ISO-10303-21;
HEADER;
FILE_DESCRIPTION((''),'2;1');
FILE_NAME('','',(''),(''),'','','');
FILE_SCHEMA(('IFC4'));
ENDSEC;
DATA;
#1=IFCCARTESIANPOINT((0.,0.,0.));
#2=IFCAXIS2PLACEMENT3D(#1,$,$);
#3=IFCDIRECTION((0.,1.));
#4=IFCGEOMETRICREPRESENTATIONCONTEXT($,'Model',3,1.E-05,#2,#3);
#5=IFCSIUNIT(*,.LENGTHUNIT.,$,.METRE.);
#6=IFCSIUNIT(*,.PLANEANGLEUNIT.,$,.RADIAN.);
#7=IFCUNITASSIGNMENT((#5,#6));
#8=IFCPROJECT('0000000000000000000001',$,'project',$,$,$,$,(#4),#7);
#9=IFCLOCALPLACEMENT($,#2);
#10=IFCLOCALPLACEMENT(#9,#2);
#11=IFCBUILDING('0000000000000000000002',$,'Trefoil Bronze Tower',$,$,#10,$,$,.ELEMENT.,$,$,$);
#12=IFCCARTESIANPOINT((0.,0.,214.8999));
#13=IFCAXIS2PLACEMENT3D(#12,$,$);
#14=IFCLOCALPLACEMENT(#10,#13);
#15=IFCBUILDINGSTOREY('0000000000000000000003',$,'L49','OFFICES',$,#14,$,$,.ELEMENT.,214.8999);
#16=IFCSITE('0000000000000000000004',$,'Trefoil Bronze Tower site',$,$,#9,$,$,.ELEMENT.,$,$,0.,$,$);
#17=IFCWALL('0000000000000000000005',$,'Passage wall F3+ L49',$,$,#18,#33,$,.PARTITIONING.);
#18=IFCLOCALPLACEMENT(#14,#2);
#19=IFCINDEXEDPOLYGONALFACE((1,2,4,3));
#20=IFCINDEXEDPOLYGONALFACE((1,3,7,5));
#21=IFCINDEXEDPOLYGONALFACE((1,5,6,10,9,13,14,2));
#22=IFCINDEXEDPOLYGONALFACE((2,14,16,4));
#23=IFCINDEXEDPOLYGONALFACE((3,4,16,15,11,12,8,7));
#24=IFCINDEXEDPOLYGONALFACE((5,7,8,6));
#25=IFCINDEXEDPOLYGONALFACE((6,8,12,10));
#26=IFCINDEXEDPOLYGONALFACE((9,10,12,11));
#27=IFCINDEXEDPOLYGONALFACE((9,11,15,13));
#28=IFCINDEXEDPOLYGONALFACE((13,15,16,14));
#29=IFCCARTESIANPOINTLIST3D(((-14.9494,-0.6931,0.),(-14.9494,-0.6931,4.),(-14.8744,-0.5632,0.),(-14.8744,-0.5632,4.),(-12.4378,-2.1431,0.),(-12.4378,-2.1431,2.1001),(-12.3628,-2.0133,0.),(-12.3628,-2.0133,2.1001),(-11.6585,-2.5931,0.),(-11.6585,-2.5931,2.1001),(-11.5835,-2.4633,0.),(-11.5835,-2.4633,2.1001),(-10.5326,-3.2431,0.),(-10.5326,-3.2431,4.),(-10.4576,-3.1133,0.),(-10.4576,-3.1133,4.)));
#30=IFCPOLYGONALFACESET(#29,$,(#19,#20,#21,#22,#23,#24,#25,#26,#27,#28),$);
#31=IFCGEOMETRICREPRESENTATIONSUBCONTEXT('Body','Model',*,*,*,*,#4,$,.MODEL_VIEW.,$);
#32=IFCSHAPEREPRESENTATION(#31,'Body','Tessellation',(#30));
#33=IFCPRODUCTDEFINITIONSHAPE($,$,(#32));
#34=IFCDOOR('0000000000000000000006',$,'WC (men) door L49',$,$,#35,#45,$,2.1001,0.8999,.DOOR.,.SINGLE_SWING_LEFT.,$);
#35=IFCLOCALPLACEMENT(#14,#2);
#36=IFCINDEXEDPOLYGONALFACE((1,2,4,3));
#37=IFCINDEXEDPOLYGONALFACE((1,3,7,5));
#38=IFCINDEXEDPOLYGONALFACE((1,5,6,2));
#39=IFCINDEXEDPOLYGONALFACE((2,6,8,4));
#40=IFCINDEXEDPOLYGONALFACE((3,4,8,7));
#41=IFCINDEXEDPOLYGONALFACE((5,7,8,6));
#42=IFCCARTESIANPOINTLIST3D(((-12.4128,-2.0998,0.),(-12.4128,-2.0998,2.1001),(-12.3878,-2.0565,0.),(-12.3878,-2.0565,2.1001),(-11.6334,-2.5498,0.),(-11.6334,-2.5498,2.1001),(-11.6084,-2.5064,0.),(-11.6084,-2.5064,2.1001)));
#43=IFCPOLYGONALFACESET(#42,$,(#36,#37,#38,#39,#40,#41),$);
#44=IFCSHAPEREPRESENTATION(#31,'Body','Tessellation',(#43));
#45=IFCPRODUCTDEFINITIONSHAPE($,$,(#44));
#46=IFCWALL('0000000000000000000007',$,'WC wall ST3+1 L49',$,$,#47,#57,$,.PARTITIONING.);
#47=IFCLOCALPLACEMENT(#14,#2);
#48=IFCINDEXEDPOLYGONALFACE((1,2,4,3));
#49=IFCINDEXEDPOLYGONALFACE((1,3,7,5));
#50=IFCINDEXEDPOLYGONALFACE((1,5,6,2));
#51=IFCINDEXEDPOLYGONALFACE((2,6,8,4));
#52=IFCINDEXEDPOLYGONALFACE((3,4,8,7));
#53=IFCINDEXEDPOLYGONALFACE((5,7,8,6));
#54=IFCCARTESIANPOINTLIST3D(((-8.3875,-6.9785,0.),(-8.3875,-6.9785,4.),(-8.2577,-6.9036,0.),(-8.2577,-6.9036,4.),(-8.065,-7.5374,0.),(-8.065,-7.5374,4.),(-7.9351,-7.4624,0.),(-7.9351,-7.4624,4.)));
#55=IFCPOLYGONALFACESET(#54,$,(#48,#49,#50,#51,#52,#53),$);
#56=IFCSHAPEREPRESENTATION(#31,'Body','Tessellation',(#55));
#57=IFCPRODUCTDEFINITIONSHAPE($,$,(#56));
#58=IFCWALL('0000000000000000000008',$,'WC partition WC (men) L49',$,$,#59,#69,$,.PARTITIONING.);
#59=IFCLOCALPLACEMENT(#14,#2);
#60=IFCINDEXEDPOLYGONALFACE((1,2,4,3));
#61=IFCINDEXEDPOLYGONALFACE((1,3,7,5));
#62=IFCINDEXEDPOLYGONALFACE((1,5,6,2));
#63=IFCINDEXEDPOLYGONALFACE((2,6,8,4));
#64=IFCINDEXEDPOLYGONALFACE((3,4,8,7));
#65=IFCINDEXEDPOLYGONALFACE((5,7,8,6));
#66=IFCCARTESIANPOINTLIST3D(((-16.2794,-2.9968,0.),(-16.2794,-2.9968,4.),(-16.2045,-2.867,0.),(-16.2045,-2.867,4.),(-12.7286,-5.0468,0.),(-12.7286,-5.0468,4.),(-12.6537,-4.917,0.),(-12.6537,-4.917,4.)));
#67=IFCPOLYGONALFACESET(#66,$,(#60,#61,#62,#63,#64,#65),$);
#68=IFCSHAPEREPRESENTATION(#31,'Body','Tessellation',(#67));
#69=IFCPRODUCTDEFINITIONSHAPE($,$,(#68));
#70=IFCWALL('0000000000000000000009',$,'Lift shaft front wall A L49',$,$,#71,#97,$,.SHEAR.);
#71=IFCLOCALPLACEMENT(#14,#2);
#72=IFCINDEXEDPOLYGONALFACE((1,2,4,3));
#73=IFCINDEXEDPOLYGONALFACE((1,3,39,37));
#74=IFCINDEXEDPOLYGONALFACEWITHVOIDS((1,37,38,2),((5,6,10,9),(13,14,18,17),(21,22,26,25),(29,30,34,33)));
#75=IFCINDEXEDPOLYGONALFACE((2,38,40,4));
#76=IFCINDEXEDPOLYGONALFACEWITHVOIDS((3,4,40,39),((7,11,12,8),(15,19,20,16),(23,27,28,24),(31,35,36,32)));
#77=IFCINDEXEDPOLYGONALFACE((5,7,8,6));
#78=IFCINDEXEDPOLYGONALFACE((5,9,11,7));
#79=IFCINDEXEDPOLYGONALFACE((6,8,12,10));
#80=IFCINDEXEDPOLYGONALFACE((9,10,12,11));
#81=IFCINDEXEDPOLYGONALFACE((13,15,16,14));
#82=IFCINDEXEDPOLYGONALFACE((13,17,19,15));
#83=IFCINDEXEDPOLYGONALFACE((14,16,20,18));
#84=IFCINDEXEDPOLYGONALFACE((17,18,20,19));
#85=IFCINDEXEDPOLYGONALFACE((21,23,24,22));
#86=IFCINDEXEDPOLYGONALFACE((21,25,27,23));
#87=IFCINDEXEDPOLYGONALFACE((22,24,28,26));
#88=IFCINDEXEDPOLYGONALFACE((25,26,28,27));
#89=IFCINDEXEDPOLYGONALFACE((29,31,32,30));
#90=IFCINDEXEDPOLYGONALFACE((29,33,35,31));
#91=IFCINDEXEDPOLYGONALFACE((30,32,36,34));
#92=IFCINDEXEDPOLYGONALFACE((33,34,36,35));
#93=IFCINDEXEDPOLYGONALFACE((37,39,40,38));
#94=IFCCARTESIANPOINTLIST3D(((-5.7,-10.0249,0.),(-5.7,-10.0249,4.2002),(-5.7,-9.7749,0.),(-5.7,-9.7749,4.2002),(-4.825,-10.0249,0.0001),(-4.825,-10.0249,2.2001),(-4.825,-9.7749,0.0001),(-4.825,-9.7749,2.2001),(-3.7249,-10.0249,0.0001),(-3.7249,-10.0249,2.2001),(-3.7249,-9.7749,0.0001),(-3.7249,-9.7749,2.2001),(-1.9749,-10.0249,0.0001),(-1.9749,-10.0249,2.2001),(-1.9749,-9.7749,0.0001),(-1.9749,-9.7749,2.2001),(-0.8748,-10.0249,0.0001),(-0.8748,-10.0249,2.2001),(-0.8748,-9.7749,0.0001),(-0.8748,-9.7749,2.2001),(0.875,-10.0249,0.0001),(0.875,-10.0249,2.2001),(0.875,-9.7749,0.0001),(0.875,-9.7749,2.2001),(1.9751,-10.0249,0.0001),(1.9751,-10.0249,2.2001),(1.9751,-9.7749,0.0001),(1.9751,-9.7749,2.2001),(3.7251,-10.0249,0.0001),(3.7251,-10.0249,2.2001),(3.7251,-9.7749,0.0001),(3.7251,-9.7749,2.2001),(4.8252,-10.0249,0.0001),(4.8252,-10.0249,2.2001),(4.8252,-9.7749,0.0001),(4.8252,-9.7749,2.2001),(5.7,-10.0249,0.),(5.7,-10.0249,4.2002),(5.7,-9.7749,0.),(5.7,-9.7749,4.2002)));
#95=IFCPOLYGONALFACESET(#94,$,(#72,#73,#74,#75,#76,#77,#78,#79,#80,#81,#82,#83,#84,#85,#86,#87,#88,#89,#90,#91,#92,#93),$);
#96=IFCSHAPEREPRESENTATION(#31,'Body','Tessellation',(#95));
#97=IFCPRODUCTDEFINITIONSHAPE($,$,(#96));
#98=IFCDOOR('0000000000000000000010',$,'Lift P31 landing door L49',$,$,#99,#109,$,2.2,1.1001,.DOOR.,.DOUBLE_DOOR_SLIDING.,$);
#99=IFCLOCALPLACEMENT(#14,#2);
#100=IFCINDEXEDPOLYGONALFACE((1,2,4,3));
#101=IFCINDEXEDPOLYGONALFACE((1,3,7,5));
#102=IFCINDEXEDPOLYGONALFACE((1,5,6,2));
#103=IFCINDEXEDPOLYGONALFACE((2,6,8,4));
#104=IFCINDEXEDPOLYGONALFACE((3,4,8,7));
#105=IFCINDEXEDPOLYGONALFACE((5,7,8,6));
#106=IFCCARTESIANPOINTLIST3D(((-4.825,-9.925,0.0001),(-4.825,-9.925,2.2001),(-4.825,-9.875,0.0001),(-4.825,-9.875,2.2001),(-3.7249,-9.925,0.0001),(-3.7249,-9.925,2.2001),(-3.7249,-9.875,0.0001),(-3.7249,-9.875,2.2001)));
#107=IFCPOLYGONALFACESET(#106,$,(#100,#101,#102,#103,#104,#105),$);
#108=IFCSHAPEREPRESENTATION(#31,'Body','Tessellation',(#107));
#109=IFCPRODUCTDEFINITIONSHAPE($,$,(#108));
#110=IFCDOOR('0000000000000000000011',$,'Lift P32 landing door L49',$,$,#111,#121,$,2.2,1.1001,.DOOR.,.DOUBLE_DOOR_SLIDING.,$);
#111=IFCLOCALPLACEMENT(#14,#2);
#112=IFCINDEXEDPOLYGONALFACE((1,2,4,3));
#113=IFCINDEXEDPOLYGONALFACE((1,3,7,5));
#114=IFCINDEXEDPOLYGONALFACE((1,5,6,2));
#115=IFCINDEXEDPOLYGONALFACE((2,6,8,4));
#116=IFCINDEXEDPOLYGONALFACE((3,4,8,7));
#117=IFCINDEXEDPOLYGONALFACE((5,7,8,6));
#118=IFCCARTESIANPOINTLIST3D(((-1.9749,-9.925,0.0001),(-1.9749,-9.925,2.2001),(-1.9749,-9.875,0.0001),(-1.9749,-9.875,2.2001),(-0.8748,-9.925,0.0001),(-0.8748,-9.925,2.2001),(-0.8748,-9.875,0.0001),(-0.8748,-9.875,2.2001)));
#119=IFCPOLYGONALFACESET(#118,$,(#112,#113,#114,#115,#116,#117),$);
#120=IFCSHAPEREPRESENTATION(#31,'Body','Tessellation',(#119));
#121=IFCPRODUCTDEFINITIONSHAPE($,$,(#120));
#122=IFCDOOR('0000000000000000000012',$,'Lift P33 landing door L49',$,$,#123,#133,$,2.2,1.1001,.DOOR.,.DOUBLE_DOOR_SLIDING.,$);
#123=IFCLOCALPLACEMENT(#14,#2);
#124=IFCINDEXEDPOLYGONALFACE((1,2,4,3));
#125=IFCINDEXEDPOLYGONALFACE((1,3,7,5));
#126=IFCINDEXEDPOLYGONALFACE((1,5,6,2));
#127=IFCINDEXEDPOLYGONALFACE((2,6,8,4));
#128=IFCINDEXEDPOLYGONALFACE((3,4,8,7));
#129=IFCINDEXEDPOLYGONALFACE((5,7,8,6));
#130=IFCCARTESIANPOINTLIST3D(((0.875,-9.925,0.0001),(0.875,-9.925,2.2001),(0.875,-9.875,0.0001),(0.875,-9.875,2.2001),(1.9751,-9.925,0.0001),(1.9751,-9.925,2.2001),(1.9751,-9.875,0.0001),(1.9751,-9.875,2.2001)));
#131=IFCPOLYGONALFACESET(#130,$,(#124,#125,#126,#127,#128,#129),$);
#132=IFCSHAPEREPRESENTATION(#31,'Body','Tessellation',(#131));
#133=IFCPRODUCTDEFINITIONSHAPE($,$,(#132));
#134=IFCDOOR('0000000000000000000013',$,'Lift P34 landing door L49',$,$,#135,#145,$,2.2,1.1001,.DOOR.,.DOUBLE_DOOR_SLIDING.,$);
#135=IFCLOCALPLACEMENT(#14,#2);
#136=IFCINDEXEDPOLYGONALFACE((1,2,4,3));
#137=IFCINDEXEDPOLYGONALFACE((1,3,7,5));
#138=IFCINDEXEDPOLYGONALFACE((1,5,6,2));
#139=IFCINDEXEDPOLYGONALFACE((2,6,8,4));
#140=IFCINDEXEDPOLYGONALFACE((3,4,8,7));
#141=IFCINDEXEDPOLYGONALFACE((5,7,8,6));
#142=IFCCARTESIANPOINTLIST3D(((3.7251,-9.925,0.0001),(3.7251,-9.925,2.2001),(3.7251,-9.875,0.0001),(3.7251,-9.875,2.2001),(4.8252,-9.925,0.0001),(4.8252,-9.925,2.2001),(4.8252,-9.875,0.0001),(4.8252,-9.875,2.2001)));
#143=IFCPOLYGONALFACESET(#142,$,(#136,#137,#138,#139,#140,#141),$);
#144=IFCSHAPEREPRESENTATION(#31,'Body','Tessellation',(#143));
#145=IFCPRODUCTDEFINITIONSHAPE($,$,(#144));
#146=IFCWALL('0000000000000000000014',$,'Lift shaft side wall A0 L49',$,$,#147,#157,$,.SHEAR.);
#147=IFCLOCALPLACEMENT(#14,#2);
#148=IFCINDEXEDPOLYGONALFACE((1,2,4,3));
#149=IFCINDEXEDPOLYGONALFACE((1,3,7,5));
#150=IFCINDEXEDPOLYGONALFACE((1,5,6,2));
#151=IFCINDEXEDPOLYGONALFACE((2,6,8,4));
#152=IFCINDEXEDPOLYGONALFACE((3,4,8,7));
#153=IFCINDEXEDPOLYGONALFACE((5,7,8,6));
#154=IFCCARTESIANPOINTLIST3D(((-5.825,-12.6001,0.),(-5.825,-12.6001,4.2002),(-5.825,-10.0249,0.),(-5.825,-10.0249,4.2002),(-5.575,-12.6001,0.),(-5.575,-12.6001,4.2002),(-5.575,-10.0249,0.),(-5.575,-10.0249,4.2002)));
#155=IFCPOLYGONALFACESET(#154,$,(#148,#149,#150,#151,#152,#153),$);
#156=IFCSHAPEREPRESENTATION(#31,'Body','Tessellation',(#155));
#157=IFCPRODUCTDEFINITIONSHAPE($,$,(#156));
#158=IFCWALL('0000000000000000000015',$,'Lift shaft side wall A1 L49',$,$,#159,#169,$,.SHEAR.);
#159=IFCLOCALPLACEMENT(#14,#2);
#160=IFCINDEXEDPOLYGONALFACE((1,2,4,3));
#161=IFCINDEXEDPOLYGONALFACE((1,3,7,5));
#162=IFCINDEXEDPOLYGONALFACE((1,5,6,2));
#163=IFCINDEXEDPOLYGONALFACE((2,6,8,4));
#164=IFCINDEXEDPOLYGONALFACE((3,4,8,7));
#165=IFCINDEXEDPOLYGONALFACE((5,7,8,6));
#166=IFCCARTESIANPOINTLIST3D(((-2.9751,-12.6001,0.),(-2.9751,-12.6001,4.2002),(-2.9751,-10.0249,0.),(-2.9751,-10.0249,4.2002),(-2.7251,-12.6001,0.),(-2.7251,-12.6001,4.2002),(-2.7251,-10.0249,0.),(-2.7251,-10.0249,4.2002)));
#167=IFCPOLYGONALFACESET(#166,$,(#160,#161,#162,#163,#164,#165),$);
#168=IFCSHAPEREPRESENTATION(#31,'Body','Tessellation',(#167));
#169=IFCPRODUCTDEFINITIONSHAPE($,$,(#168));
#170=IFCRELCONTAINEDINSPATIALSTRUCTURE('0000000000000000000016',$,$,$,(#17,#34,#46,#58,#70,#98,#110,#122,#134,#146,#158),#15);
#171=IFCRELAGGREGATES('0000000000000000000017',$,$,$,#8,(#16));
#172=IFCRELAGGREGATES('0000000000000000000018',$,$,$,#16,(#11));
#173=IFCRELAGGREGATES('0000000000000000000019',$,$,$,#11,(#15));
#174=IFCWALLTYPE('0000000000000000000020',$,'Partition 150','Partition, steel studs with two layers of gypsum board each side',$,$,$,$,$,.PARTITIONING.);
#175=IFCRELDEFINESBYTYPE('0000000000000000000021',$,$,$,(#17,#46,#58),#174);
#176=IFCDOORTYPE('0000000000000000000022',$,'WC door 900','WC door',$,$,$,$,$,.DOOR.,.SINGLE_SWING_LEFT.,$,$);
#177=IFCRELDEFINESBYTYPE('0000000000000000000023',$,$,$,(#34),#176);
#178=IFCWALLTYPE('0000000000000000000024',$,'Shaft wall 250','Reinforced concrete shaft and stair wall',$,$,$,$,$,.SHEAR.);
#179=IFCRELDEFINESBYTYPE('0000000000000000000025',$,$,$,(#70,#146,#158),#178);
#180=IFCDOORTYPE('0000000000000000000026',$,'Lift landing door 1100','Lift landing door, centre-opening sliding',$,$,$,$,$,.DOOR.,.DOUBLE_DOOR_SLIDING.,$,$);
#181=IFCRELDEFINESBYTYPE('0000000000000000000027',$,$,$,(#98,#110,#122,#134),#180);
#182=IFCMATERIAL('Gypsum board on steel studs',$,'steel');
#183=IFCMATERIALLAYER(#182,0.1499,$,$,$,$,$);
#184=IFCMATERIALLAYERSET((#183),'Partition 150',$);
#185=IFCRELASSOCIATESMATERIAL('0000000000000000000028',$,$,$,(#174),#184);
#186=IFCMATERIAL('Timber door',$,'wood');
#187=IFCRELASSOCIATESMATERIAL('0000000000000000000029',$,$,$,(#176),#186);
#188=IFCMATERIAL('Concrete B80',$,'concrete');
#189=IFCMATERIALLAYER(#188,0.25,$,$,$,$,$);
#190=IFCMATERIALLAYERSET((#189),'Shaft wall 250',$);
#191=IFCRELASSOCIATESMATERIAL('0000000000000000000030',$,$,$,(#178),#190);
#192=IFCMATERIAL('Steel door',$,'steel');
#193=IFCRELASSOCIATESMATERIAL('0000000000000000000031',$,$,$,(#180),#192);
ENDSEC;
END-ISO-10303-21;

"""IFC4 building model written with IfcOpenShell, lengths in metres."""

from ifc_helpers import new_model, si_unit, direction, frame, frame_2d, origin, place, context, subcontext, project, spatial, rectangle, extrude, material, layer, layer_set, type_object, element, fill, save


model = new_model("IFC4")

# Units and contexts
model_context = context("Model", 3, precision=1e-05, world=origin(), true_north=direction((0.0, 1.0)))
body_context = subcontext(model_context, "Body", "Model", "MODEL_VIEW")
ifc_project = project(units=[si_unit("LENGTHUNIT", "METRE"), si_unit("PLANEANGLEUNIT", "RADIAN")], contexts=[model_context])

# Site, building, storey
site_placement = place(None, origin())
site = spatial("IfcSite", under=ifc_project, at=site_placement, Name="Trefoil Bronze Tower site", CompositionType="ELEMENT", RefElevation=0.0)
building_placement = place(site_placement, origin())
building = spatial("IfcBuilding", under=site, at=building_placement, Name="Trefoil Bronze Tower", CompositionType="ELEMENT")
storey_placement = place(building_placement, frame((0.0, 0.0, 214.8999)))
storey = spatial("IfcBuildingStorey", under=building, at=storey_placement, Name="L49", Description="OFFICES", CompositionType="ELEMENT", Elevation=214.8999)

# Wall, opening, door
ifc_material_1 = material(Name="Gypsum board on steel studs", Category="steel")
ifc_layer_1 = layer(ifc_material_1, 0.1499)
ifc_layer_set_1 = layer_set([ifc_layer_1], Name="Partition 150")
wall_type_1 = type_object("IfcWallType", Name="Partition 150", Description="Partition, steel studs with two layers of gypsum board each side", PredefinedType="PARTITIONING", material=ifc_layer_set_1)
ifc_material_2 = material(Name="Timber door", Category="wood")
door_type_1 = type_object("IfcDoorType", Name="WC door 900", Description="WC door", OperationType="SINGLE_SWING_LEFT", PredefinedType="DOOR", material=ifc_material_2)
wall_1_placement = place(storey_placement, frame((-10.4951, -3.1782, 0.0), z_axis=(0.0, 0.0, 1.0), x_axis=(-0.866022, 0.500006, 0.0)))
wall_1 = element("IfcWall", 1, at=wall_1_placement, inside=storey, type_object=wall_type_1, Name="Passage wall F3+ L49", PredefinedType="PARTITIONING", context=body_context, shape_type="SweptSolid", body=[
    extrude(rectangle(XDim=5.1001, YDim=0.1499, at=frame_2d((2.55, 0.0))), origin(), (0.0, 0.0, 1.0), 4.0),
])
opening_1_placement = place(wall_1_placement, frame((1.3, 0.0, 0.0)))
opening_1 = element("IfcOpeningElement", 2, at=opening_1_placement, cuts=wall_1, PredefinedType="OPENING", context=body_context, shape_type="SweptSolid", body=[
    extrude(rectangle(XDim=0.8999, YDim=2.1001, at=frame_2d((0.45, 1.05))), frame((0.0, 0.085, 0.0), z_axis=(0.0, -1.0, 0.0), x_axis=(1.0, 0.0, 0.0)), (0.0, 0.0, 1.0), 0.1699),
])
door_1_placement = place(opening_1_placement, origin())
door_1 = element("IfcDoor", 3, at=door_1_placement, inside=storey, type_object=door_type_1, Name="WC (men) door L49", OperationType="SINGLE_SWING_LEFT", OverallHeight=2.1001, OverallWidth=0.8999, PredefinedType="DOOR", context=body_context, shape_type="SweptSolid", body=[
    extrude(rectangle(XDim=0.8999, YDim=2.1001, at=frame_2d((0.45, 1.05))), frame((0.0, 0.0249, 0.0), z_axis=(0.0, -1.0, 0.0), x_axis=(1.0, 0.0, 0.0)), (0.0, 0.0, 1.0), 0.05),
])
fill(opening_1, door_1)

# Walls
wall_2_placement = place(storey_placement, frame((-8.0, -7.5, 0.0), z_axis=(0.0, 0.0, 1.0), x_axis=(-0.499843, 0.866116, 0.0)))
element("IfcWall", 4, at=wall_2_placement, inside=storey, type_object=wall_type_1, Name="WC wall ST3+1 L49", PredefinedType="PARTITIONING", context=body_context, shape_type="SweptSolid", body=[
    extrude(rectangle(XDim=0.6453, YDim=0.1499, at=frame_2d((0.3228, 0.0))), origin(), (0.0, 0.0, 1.0), 4.0),
])
wall_3_placement = place(storey_placement, frame((-12.6912, -4.9819, 0.0), z_axis=(0.0, 0.0, 1.0), x_axis=(-0.866025, 0.500001, 0.0)))
element("IfcWall", 5, at=wall_3_placement, inside=storey, type_object=wall_type_1, Name="WC partition WC (men) L49", PredefinedType="PARTITIONING", context=body_context, shape_type="SweptSolid", body=[
    extrude(rectangle(XDim=4.1001, YDim=0.1499, at=frame_2d((2.05, 0.0))), origin(), (0.0, 0.0, 1.0), 4.0),
])

# Wall, openings, doors
ifc_material_3 = material(Name="Concrete B80", Category="concrete")
ifc_layer_2 = layer(ifc_material_3, 0.25)
ifc_layer_set_2 = layer_set([ifc_layer_2], Name="Shaft wall 250")
wall_type_2 = type_object("IfcWallType", Name="Shaft wall 250", Description="Reinforced concrete shaft and stair wall", PredefinedType="SHEAR", material=ifc_layer_set_2)
wall_4_placement = place(storey_placement, frame((-5.7, -9.8999, 0.0), z_axis=(0.0, 0.0, 1.0), x_axis=(1.0, 0.0, 0.0)))
wall_4 = element("IfcWall", 6, at=wall_4_placement, inside=storey, type_object=wall_type_2, Name="Lift shaft front wall A L49", PredefinedType="SHEAR", context=body_context, shape_type="SweptSolid", body=[
    extrude(rectangle(XDim=11.3999, YDim=0.25, at=frame_2d((5.7, 0.0))), origin(), (0.0, 0.0, 1.0), 4.2002),
])
opening_2_placement = place(wall_4_placement, frame((0.875, 0.0, 0.0)))
opening_2 = element("IfcOpeningElement", 7, at=opening_2_placement, cuts=wall_4, PredefinedType="OPENING", context=body_context, shape_type="SweptSolid", body=[
    extrude(rectangle(XDim=1.1001, YDim=2.2, at=frame_2d((0.55, 1.1001))), frame((0.0, 0.135, 0.0), z_axis=(0.0, -1.0, 0.0), x_axis=(1.0, 0.0, 0.0)), (0.0, 0.0, 1.0), 0.27),
])
opening_3_placement = place(wall_4_placement, frame((3.7251, 0.0, 0.0)))
opening_3 = element("IfcOpeningElement", 8, at=opening_3_placement, cuts=wall_4, PredefinedType="OPENING", context=body_context, shape_type="SweptSolid", body=[
    extrude(rectangle(XDim=1.1001, YDim=2.2, at=frame_2d((0.55, 1.1001))), frame((0.0, 0.135, 0.0), z_axis=(0.0, -1.0, 0.0), x_axis=(1.0, 0.0, 0.0)), (0.0, 0.0, 1.0), 0.27),
])
opening_4_placement = place(wall_4_placement, frame((6.575, 0.0, 0.0)))
opening_4 = element("IfcOpeningElement", 9, at=opening_4_placement, cuts=wall_4, PredefinedType="OPENING", context=body_context, shape_type="SweptSolid", body=[
    extrude(rectangle(XDim=1.1001, YDim=2.2, at=frame_2d((0.55, 1.1001))), frame((0.0, 0.135, 0.0), z_axis=(0.0, -1.0, 0.0), x_axis=(1.0, 0.0, 0.0)), (0.0, 0.0, 1.0), 0.27),
])
opening_5_placement = place(wall_4_placement, frame((9.425, 0.0, 0.0)))
opening_5 = element("IfcOpeningElement", 10, at=opening_5_placement, cuts=wall_4, PredefinedType="OPENING", context=body_context, shape_type="SweptSolid", body=[
    extrude(rectangle(XDim=1.1001, YDim=2.2, at=frame_2d((0.55, 1.1001))), frame((0.0, 0.135, 0.0), z_axis=(0.0, -1.0, 0.0), x_axis=(1.0, 0.0, 0.0)), (0.0, 0.0, 1.0), 0.27),
])
ifc_material_4 = material(Name="Steel door", Category="steel")
door_type_2 = type_object("IfcDoorType", Name="Lift landing door 1100", Description="Lift landing door, centre-opening sliding", OperationType="DOUBLE_DOOR_SLIDING", PredefinedType="DOOR", material=ifc_material_4)
door_2_placement = place(opening_2_placement, origin())
door_2 = element("IfcDoor", 11, at=door_2_placement, inside=storey, type_object=door_type_2, Name="Lift P31 landing door L49", OperationType="DOUBLE_DOOR_SLIDING", OverallHeight=2.2, OverallWidth=1.1001, PredefinedType="DOOR", context=body_context, shape_type="SweptSolid", body=[
    extrude(rectangle(XDim=1.1001, YDim=2.2, at=frame_2d((0.55, 1.1001))), frame((0.0, 0.0249, 0.0), z_axis=(0.0, -1.0, 0.0), x_axis=(1.0, 0.0, 0.0)), (0.0, 0.0, 1.0), 0.05),
])
fill(opening_2, door_2)
door_3_placement = place(opening_3_placement, origin())
door_3 = element("IfcDoor", 12, at=door_3_placement, inside=storey, type_object=door_type_2, Name="Lift P32 landing door L49", OperationType="DOUBLE_DOOR_SLIDING", OverallHeight=2.2, OverallWidth=1.1001, PredefinedType="DOOR", context=body_context, shape_type="SweptSolid", body=[
    extrude(rectangle(XDim=1.1001, YDim=2.2, at=frame_2d((0.55, 1.1001))), frame((0.0, 0.0249, 0.0), z_axis=(0.0, -1.0, 0.0), x_axis=(1.0, 0.0, 0.0)), (0.0, 0.0, 1.0), 0.05),
])
fill(opening_3, door_3)
door_4_placement = place(opening_4_placement, origin())
door_4 = element("IfcDoor", 13, at=door_4_placement, inside=storey, type_object=door_type_2, Name="Lift P33 landing door L49", OperationType="DOUBLE_DOOR_SLIDING", OverallHeight=2.2, OverallWidth=1.1001, PredefinedType="DOOR", context=body_context, shape_type="SweptSolid", body=[
    extrude(rectangle(XDim=1.1001, YDim=2.2, at=frame_2d((0.55, 1.1001))), frame((0.0, 0.0249, 0.0), z_axis=(0.0, -1.0, 0.0), x_axis=(1.0, 0.0, 0.0)), (0.0, 0.0, 1.0), 0.05),
])
fill(opening_4, door_4)
door_5_placement = place(opening_5_placement, origin())
door_5 = element("IfcDoor", 14, at=door_5_placement, inside=storey, type_object=door_type_2, Name="Lift P34 landing door L49", OperationType="DOUBLE_DOOR_SLIDING", OverallHeight=2.2, OverallWidth=1.1001, PredefinedType="DOOR", context=body_context, shape_type="SweptSolid", body=[
    extrude(rectangle(XDim=1.1001, YDim=2.2, at=frame_2d((0.55, 1.1001))), frame((0.0, 0.0249, 0.0), z_axis=(0.0, -1.0, 0.0), x_axis=(1.0, 0.0, 0.0)), (0.0, 0.0, 1.0), 0.05),
])
fill(opening_5, door_5)

# Walls
for number, where, z_axis, x_axis, name in (
    (15, (-5.7, -10.0249, 0.0), (0.0, 0.0, 1.0), (0.0, -1.0, 0.0), "Lift shaft side wall A0 L49"),
    (16, (-2.8501, -10.0249, 0.0), (0.0, 0.0, 1.0), (0.0, -1.0, 0.0), "Lift shaft side wall A1 L49"),
):
    element("IfcWall", number, at=place(storey_placement, frame(where, z_axis=z_axis, x_axis=x_axis)), inside=storey, type_object=wall_type_2, Name=name, PredefinedType="SHEAR", context=body_context, shape_type="SweptSolid", body=[
        extrude(rectangle(XDim=2.5752, YDim=0.25, at=frame_2d((1.2876, 0.0))), origin(), (0.0, 0.0, 1.0), 4.2002),
    ])

save(model, "model.ifc")
